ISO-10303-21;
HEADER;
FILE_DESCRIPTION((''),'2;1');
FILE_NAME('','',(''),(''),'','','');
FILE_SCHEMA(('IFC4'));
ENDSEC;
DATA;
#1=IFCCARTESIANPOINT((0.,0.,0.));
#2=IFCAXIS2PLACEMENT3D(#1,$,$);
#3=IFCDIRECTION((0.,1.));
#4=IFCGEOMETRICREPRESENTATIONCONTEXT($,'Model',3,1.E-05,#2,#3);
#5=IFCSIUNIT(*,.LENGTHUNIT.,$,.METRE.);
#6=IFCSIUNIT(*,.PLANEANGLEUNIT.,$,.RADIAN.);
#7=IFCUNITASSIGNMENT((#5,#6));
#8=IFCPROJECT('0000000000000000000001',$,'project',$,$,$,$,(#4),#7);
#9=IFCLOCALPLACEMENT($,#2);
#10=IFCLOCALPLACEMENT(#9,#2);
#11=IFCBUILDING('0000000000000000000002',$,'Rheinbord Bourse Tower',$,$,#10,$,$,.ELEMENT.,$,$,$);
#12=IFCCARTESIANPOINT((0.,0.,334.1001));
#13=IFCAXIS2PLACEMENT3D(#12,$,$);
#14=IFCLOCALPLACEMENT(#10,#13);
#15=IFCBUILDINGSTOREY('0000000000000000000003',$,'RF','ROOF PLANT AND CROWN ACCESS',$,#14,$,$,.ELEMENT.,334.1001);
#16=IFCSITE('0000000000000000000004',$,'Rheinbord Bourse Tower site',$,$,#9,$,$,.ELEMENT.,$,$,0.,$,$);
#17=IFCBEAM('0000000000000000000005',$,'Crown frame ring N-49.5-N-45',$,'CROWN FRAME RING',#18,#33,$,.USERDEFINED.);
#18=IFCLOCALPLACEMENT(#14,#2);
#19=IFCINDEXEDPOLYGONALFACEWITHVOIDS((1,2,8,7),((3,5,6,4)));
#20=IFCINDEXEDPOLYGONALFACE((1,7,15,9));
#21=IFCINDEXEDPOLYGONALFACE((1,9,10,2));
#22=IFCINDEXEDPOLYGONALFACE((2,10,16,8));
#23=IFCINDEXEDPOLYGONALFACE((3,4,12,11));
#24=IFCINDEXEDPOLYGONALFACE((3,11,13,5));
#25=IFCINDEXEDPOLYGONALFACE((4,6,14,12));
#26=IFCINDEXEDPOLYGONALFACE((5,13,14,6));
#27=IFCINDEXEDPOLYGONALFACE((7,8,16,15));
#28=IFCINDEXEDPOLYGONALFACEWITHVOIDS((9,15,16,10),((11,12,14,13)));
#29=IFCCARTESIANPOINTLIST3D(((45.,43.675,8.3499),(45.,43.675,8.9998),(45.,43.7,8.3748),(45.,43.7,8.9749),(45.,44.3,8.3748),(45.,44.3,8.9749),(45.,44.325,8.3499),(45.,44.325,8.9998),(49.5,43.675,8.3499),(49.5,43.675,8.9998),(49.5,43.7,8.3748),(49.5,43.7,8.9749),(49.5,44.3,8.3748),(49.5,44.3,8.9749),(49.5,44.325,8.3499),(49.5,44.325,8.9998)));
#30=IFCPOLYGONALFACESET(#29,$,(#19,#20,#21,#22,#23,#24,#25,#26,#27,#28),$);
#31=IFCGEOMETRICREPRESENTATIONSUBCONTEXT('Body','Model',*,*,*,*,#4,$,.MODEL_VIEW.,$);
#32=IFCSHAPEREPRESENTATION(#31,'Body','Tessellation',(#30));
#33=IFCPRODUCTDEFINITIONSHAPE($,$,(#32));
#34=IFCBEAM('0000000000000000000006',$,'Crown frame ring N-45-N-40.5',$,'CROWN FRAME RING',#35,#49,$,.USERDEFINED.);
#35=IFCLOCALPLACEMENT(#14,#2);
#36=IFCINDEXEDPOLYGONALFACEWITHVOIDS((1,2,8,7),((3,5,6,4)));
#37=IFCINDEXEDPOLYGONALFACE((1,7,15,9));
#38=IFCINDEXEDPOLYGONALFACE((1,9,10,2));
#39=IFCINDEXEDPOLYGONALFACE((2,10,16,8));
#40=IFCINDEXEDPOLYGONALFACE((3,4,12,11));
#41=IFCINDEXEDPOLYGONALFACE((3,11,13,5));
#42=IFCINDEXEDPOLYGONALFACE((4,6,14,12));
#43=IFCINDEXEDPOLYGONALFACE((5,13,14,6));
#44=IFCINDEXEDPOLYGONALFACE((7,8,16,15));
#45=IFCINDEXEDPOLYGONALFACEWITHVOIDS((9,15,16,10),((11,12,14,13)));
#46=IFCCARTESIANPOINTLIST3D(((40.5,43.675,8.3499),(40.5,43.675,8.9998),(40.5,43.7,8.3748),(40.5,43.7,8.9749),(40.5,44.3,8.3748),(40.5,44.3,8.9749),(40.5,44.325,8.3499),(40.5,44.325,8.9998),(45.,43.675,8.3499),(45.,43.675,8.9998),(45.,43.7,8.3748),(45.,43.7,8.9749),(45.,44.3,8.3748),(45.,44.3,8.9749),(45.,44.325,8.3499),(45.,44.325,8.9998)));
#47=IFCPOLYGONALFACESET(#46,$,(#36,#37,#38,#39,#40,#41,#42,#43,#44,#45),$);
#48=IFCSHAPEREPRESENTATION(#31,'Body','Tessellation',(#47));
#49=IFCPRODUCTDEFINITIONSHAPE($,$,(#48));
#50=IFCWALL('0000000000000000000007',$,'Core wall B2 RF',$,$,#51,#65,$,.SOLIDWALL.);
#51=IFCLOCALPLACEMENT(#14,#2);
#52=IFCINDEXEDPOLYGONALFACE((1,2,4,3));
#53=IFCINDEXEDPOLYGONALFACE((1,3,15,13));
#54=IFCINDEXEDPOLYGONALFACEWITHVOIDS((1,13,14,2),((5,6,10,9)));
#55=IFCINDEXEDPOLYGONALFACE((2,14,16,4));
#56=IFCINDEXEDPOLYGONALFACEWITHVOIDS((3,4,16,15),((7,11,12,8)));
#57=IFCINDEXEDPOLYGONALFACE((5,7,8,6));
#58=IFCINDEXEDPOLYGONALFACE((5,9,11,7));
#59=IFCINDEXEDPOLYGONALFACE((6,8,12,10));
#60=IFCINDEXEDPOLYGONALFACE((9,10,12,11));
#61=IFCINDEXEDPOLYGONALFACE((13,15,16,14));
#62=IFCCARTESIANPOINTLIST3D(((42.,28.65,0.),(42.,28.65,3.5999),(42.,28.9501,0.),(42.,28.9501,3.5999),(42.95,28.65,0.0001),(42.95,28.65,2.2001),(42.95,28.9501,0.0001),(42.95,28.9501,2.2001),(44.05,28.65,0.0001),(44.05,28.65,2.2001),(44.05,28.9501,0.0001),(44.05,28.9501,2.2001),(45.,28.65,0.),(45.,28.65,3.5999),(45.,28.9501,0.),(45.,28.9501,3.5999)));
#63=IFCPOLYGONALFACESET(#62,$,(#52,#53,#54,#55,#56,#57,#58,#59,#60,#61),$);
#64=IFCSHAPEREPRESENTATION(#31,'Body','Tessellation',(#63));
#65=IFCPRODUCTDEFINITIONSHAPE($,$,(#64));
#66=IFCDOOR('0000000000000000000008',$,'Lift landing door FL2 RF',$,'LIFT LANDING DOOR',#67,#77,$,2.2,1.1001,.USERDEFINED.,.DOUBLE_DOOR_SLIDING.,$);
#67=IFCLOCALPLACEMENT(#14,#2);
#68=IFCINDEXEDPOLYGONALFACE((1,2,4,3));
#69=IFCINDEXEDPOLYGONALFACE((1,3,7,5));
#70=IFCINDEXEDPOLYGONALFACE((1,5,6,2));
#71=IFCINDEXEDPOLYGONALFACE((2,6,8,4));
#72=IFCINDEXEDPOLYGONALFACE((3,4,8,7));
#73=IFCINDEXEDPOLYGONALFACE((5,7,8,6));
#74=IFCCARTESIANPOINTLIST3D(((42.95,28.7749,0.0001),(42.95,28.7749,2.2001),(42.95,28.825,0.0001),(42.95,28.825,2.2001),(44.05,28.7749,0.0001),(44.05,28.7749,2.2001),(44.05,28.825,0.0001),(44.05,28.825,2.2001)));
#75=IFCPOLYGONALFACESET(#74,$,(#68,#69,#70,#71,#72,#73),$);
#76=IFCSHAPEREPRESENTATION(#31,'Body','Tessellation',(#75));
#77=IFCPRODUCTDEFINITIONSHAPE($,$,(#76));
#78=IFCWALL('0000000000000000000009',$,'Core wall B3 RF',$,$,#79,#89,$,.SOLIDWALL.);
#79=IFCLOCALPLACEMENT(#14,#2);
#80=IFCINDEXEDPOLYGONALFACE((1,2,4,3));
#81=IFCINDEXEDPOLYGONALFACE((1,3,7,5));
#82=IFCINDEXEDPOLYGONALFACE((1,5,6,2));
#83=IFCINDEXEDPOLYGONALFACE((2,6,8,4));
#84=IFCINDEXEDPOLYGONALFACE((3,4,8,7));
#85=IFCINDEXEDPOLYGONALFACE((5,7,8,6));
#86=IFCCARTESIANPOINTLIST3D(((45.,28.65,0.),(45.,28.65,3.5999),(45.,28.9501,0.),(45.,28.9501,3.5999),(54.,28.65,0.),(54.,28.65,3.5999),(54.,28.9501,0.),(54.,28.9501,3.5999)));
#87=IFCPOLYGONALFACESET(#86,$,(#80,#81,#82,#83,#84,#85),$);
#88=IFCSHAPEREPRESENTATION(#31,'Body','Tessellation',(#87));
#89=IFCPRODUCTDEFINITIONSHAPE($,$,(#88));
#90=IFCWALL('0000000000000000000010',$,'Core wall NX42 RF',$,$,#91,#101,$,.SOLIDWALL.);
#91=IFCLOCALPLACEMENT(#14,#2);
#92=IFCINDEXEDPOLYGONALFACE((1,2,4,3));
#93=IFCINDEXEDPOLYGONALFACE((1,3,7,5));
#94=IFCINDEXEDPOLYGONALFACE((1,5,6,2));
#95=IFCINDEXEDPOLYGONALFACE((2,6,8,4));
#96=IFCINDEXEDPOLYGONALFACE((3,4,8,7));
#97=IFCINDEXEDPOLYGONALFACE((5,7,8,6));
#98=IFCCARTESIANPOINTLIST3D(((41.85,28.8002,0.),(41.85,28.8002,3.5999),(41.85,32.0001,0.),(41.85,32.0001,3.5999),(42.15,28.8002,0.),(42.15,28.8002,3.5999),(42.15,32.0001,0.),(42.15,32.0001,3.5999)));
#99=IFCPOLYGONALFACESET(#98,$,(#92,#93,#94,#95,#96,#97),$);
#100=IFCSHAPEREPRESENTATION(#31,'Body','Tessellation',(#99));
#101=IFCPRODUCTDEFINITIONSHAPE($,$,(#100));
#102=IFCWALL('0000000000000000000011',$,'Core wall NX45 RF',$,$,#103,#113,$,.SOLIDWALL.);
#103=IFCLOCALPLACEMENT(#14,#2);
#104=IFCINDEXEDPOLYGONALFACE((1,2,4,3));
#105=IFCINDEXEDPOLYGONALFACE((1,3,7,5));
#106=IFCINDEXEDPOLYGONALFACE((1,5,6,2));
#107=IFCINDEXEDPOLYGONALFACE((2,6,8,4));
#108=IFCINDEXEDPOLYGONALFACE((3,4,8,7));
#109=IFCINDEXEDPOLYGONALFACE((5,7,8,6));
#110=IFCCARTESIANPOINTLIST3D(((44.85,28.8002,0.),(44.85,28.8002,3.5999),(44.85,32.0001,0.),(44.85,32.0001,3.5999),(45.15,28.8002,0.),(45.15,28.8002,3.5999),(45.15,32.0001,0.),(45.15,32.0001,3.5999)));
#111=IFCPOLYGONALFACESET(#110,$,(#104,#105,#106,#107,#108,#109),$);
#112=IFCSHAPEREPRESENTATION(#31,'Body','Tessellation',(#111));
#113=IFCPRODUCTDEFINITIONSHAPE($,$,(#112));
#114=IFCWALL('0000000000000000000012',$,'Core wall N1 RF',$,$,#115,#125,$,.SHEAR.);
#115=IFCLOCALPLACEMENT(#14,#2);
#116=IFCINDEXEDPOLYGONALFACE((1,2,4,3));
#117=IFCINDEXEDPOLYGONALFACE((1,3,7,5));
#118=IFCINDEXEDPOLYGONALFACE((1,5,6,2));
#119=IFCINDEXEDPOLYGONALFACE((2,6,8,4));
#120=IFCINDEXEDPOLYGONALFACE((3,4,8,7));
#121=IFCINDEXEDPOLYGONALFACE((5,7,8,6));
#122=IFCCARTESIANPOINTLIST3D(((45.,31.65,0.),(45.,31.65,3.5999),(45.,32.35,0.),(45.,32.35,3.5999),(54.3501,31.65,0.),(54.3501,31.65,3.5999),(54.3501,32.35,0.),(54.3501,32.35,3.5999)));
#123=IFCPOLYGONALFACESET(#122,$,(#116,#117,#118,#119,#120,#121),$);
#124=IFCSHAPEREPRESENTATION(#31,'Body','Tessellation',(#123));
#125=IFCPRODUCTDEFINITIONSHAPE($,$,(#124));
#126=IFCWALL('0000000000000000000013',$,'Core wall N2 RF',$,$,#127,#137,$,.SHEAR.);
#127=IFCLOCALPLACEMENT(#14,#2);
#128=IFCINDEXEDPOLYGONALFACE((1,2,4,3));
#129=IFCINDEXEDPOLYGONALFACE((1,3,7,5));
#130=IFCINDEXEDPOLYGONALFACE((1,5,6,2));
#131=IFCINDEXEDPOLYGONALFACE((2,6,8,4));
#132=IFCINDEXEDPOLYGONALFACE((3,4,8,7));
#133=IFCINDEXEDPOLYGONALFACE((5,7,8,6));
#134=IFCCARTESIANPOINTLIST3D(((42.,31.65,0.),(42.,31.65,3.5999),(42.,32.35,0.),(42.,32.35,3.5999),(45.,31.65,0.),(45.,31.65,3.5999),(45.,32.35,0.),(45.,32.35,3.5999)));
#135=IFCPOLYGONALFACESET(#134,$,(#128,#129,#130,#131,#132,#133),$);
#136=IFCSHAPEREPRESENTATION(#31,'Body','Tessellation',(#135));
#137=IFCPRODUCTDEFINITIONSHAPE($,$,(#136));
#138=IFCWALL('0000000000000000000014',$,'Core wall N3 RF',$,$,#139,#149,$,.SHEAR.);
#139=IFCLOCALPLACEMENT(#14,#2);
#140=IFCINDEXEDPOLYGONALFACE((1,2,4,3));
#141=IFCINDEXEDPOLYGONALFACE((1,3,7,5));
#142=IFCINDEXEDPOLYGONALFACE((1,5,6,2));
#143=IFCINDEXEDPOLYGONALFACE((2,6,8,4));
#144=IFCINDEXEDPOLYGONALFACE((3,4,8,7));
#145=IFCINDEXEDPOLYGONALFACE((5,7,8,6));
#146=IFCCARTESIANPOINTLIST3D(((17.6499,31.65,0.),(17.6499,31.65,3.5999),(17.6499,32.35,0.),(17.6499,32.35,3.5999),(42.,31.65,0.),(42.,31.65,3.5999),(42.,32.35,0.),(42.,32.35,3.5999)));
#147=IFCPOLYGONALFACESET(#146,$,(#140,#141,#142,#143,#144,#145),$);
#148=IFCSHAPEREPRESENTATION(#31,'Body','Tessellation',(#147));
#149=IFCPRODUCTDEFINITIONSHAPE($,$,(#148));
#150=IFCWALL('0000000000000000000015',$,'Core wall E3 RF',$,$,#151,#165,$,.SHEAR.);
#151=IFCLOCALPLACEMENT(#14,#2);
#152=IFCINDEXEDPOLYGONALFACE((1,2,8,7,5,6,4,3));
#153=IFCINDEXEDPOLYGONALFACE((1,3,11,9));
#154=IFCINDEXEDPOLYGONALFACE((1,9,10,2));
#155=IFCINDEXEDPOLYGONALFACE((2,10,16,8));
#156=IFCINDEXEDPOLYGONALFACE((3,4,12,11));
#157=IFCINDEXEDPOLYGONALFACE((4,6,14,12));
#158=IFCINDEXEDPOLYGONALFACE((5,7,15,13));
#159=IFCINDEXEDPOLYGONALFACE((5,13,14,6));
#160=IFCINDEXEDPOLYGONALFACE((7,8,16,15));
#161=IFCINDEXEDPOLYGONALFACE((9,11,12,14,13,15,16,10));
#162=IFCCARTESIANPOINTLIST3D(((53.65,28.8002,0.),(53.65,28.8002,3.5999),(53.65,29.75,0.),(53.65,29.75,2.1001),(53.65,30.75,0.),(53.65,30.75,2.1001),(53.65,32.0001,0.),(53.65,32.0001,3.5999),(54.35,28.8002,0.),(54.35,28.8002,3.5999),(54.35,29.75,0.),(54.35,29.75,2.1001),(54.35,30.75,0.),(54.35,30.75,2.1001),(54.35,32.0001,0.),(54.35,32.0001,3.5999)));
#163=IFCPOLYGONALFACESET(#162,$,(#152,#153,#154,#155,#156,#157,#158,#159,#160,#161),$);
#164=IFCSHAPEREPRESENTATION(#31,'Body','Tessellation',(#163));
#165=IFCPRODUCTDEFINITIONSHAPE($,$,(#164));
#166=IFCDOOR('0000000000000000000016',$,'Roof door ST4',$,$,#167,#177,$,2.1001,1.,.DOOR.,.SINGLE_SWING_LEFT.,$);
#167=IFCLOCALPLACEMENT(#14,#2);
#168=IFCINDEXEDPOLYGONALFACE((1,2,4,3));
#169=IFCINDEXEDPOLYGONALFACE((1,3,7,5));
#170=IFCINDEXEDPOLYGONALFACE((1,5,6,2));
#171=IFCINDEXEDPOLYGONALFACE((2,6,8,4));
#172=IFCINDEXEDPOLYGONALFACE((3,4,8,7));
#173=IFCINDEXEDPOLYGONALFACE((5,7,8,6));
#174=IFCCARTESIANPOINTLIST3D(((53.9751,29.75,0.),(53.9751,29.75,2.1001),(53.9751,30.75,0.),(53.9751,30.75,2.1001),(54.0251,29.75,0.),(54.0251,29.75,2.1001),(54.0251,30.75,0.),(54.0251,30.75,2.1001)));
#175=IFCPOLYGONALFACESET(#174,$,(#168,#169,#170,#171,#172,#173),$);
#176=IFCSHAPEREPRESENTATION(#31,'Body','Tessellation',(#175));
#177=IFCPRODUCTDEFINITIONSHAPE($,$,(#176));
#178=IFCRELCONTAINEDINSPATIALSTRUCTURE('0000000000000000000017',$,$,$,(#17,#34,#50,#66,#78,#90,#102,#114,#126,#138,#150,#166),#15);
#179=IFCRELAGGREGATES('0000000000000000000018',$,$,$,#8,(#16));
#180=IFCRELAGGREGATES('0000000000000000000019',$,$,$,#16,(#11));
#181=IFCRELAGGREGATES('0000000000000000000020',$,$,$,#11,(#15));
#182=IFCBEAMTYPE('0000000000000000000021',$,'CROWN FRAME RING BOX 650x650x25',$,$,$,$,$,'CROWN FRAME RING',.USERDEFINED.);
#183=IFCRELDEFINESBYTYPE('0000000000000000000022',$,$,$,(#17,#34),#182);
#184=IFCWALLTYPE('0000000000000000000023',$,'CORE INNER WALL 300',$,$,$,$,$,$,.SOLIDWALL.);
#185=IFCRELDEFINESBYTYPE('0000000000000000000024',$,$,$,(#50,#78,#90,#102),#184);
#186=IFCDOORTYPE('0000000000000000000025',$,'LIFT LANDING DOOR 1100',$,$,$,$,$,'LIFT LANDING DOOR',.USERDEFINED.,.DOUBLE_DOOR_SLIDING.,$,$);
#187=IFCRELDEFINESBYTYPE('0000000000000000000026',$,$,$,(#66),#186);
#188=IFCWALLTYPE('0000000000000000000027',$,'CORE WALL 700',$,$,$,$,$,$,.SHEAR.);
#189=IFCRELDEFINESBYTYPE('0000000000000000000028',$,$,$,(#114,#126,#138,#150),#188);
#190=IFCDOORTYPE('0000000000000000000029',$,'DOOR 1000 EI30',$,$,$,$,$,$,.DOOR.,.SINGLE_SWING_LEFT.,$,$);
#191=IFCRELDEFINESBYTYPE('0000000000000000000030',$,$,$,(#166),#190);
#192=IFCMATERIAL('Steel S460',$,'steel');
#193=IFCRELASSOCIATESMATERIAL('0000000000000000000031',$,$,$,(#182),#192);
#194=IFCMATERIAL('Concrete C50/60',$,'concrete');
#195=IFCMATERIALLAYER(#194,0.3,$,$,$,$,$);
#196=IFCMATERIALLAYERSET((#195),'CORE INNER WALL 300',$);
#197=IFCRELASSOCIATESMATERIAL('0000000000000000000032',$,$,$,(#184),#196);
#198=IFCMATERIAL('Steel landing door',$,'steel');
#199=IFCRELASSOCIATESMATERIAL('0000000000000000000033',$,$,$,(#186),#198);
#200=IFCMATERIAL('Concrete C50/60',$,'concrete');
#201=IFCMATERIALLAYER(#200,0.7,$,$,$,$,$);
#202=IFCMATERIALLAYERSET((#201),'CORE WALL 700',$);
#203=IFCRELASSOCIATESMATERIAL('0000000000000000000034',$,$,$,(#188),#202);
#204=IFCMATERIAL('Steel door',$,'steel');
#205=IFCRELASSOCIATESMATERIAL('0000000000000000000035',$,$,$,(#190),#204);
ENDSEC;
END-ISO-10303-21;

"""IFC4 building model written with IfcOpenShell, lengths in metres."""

from ifc_helpers import new_model, si_unit, direction, frame, frame_2d, origin, origin_2d, place, context, subcontext, project, spatial, rectangle, hollow_rectangle, extrude, material, layer, layer_set, material_profile, profile_set, type_object, element, fill, save


model = new_model("IFC4")

# Units and contexts
model_context = context("Model", 3, precision=1e-05, world=origin(), true_north=direction((0.0, 1.0)))
body_context = subcontext(model_context, "Body", "Model", "MODEL_VIEW")
ifc_project = project(units=[si_unit("LENGTHUNIT", "METRE"), si_unit("PLANEANGLEUNIT", "RADIAN")], contexts=[model_context])

# Site, building, storey
site_placement = place(None, origin())
site = spatial("IfcSite", under=ifc_project, at=site_placement, Name="Rheinbord Bourse Tower site", CompositionType="ELEMENT", RefElevation=0.0)
building_placement = place(site_placement, origin())
building = spatial("IfcBuilding", under=site, at=building_placement, Name="Rheinbord Bourse Tower", CompositionType="ELEMENT")
storey_placement = place(building_placement, frame((0.0, 0.0, 334.1001)))
storey = spatial("IfcBuildingStorey", under=building, at=storey_placement, Name="RF", Description="ROOF PLANT AND CROWN ACCESS", CompositionType="ELEMENT", Elevation=334.1001)

# Beams
ifc_material_1 = material(Name="Steel S460", Category="steel")
ifc_material_profile_1 = material_profile(ifc_material_1, hollow_rectangle(XDim=0.6499, YDim=0.6499, WallThickness=0.0249, at=origin_2d()), Name="BOX 650x650x25")
ifc_profile_set_1 = profile_set([ifc_material_profile_1], Name="Steel S460")
beam_type = type_object("IfcBeamType", Name="CROWN FRAME RING BOX 650x650x25", ElementType="CROWN FRAME RING", PredefinedType="USERDEFINED", material=ifc_profile_set_1)
for number, where, z_axis, x_axis, name in (
    (1, (49.5, 44.0, 8.6748), (-1.0, 0.0, 0.0), (0.0, -1.0, 0.0), "Crown frame ring N-49.5-N-45"),
    (2, (45.0, 44.0, 8.6748), (-1.0, 0.0, 0.0), (0.0, -1.0, 0.0), "Crown frame ring N-45-N-40.5"),
):
    element("IfcBeam", number, at=place(storey_placement, frame(where, z_axis=z_axis, x_axis=x_axis)), inside=storey, type_object=beam_type, Name=name, ObjectType="CROWN FRAME RING", PredefinedType="USERDEFINED", context=body_context, shape_type="SweptSolid", body=[
        extrude(hollow_rectangle(XDim=0.6499, YDim=0.6499, WallThickness=0.0249, at=origin_2d()), origin(), (0.0, 0.0, 1.0), 4.5),
    ])

# Wall, opening, door
ifc_material_2 = material(Name="Concrete C50/60", Category="concrete")
ifc_layer_1 = layer(ifc_material_2, 0.3)
ifc_layer_set_1 = layer_set([ifc_layer_1], Name="CORE INNER WALL 300")
wall_type_1 = type_object("IfcWallType", Name="CORE INNER WALL 300", PredefinedType="SOLIDWALL", material=ifc_layer_set_1)
wall_1_placement = place(storey_placement, frame((42.0, 28.8, 0.0), z_axis=(0.0, 0.0, 1.0), x_axis=(1.0, 0.0, 0.0)))
wall_1 = element("IfcWall", 3, at=wall_1_placement, inside=storey, type_object=wall_type_1, Name="Core wall B2 RF", PredefinedType="SOLIDWALL", context=body_context, shape_type="SweptSolid", body=[
    extrude(rectangle(XDim=3.0, YDim=0.3, at=frame_2d((1.5, 0.0))), origin(), (0.0, 0.0, 1.0), 3.5999),
])
opening_1_placement = place(wall_1_placement, frame((0.95, 0.0, 0.0)))
opening_1 = element("IfcOpeningElement", 4, at=opening_1_placement, cuts=wall_1, PredefinedType="OPENING", context=body_context, shape_type="SweptSolid", body=[
    extrude(rectangle(XDim=1.1001, YDim=2.2, at=frame_2d((0.55, 1.1001))), frame((0.0, 0.1599, 0.0), z_axis=(0.0, -1.0, 0.0), x_axis=(1.0, 0.0, 0.0)), (0.0, 0.0, 1.0), 0.3201),
])
ifc_material_3 = material(Name="Steel landing door", Category="steel")
door_type_1 = type_object("IfcDoorType", Name="LIFT LANDING DOOR 1100", ElementType="LIFT LANDING DOOR", OperationType="DOUBLE_DOOR_SLIDING", PredefinedType="USERDEFINED", material=ifc_material_3)
door_1_placement = place(opening_1_placement, origin())
door_1 = element("IfcDoor", 5, at=door_1_placement, inside=storey, type_object=door_type_1, Name="Lift landing door FL2 RF", ObjectType="LIFT LANDING DOOR", OperationType="DOUBLE_DOOR_SLIDING", OverallHeight=2.2, OverallWidth=1.1001, PredefinedType="USERDEFINED", context=body_context, shape_type="SweptSolid", body=[
    extrude(rectangle(XDim=1.1001, YDim=2.2, at=frame_2d((0.55, 1.1001))), frame((0.0, 0.0249, 0.0), z_axis=(0.0, -1.0, 0.0), x_axis=(1.0, 0.0, 0.0)), (0.0, 0.0, 1.0), 0.05),
])
fill(opening_1, door_1)

# Walls
wall_2_placement = place(storey_placement, frame((45.0, 28.8, 0.0), z_axis=(0.0, 0.0, 1.0), x_axis=(1.0, 0.0, 0.0)))
element("IfcWall", 6, at=wall_2_placement, inside=storey, type_object=wall_type_1, Name="Core wall B3 RF", PredefinedType="SOLIDWALL", context=body_context, shape_type="SweptSolid", body=[
    extrude(rectangle(XDim=9.0, YDim=0.3, at=frame_2d((4.5, 0.0))), origin(), (0.0, 0.0, 1.0), 3.5999),
])
for number, where, z_axis, x_axis, name in (
    (7, (42.0, 28.8, 0.0), (0.0, 0.0, 1.0), (0.0, 1.0, 0.0), "Core wall NX42 RF"),
    (8, (45.0, 28.8, 0.0), (0.0, 0.0, 1.0), (0.0, 1.0, 0.0), "Core wall NX45 RF"),
):
    element("IfcWall", number, at=place(storey_placement, frame(where, z_axis=z_axis, x_axis=x_axis)), inside=storey, type_object=wall_type_1, Name=name, PredefinedType="SOLIDWALL", context=body_context, shape_type="SweptSolid", body=[
        extrude(rectangle(XDim=3.2, YDim=0.3, at=frame_2d((1.6001, 0.0))), origin(), (0.0, 0.0, 1.0), 3.5999),
    ])
ifc_material_4 = material(Name="Concrete C50/60", Category="concrete")
ifc_layer_2 = layer(ifc_material_4, 0.7)
ifc_layer_set_2 = layer_set([ifc_layer_2], Name="CORE WALL 700")
wall_type_2 = type_object("IfcWallType", Name="CORE WALL 700", PredefinedType="SHEAR", material=ifc_layer_set_2)
wall_3_placement = place(storey_placement, frame((54.3501, 32.0, 0.0), z_axis=(0.0, 0.0, 1.0), x_axis=(-1.0, 0.0, 0.0)))
element("IfcWall", 9, at=wall_3_placement, inside=storey, type_object=wall_type_2, Name="Core wall N1 RF", PredefinedType="SHEAR", context=body_context, shape_type="SweptSolid", body=[
    extrude(rectangle(XDim=9.3501, YDim=0.7, at=frame_2d((4.675, 0.0))), origin(), (0.0, 0.0, 1.0), 3.5999),
])
wall_4_placement = place(storey_placement, frame((45.0, 32.0, 0.0), z_axis=(0.0, 0.0, 1.0), x_axis=(-1.0, 0.0, 0.0)))
element("IfcWall", 10, at=wall_4_placement, inside=storey, type_object=wall_type_2, Name="Core wall N2 RF", PredefinedType="SHEAR", context=body_context, shape_type="SweptSolid", body=[
    extrude(rectangle(XDim=3.0, YDim=0.7, at=frame_2d((1.5, 0.0))), origin(), (0.0, 0.0, 1.0), 3.5999),
])
wall_5_placement = place(storey_placement, frame((42.0, 32.0, 0.0), z_axis=(0.0, 0.0, 1.0), x_axis=(-1.0, 0.0, 0.0)))
element("IfcWall", 11, at=wall_5_placement, inside=storey, type_object=wall_type_2, Name="Core wall N3 RF", PredefinedType="SHEAR", context=body_context, shape_type="SweptSolid", body=[
    extrude(rectangle(XDim=24.3501, YDim=0.7, at=frame_2d((12.175, 0.0))), origin(), (0.0, 0.0, 1.0), 3.5999),
])

# Wall, opening, door
wall_6_placement = place(storey_placement, frame((54.0, 28.8, 0.0), z_axis=(0.0, 0.0, 1.0), x_axis=(0.0, 1.0, 0.0)))
wall_6 = element("IfcWall", 12, at=wall_6_placement, inside=storey, type_object=wall_type_2, Name="Core wall E3 RF", PredefinedType="SHEAR", context=body_context, shape_type="SweptSolid", body=[
    extrude(rectangle(XDim=3.2, YDim=0.7, at=frame_2d((1.6001, 0.0))), origin(), (0.0, 0.0, 1.0), 3.5999),
])
opening_2_placement = place(wall_6_placement, frame((0.95, 0.0, 0.0)))
opening_2 = element("IfcOpeningElement", 13, at=opening_2_placement, cuts=wall_6, PredefinedType="OPENING", context=body_context, shape_type="SweptSolid", body=[
    extrude(rectangle(XDim=1.0, YDim=2.1001, at=frame_2d((0.5, 1.05))), frame((0.0, 0.3599, 0.0), z_axis=(0.0, -1.0, 0.0), x_axis=(1.0, 0.0, 0.0)), (0.0, 0.0, 1.0), 0.72),
])
ifc_material_5 = material(Name="Steel door", Category="steel")
door_type_2 = type_object("IfcDoorType", Name="DOOR 1000 EI30", OperationType="SINGLE_SWING_LEFT", PredefinedType="DOOR", material=ifc_material_5)
door_2_placement = place(opening_2_placement, origin())
door_2 = element("IfcDoor", 14, at=door_2_placement, inside=storey, type_object=door_type_2, Name="Roof door ST4", OperationType="SINGLE_SWING_LEFT", OverallHeight=2.1001, OverallWidth=1.0, PredefinedType="DOOR", context=body_context, shape_type="SweptSolid", body=[
    extrude(rectangle(XDim=1.0, YDim=2.1001, at=frame_2d((0.5, 1.05))), frame((0.0, 0.0249, 0.0), z_axis=(0.0, -1.0, 0.0), x_axis=(1.0, 0.0, 0.0)), (0.0, 0.0, 1.0), 0.05),
])
fill(opening_2, door_2)

save(model, "model.ifc")
